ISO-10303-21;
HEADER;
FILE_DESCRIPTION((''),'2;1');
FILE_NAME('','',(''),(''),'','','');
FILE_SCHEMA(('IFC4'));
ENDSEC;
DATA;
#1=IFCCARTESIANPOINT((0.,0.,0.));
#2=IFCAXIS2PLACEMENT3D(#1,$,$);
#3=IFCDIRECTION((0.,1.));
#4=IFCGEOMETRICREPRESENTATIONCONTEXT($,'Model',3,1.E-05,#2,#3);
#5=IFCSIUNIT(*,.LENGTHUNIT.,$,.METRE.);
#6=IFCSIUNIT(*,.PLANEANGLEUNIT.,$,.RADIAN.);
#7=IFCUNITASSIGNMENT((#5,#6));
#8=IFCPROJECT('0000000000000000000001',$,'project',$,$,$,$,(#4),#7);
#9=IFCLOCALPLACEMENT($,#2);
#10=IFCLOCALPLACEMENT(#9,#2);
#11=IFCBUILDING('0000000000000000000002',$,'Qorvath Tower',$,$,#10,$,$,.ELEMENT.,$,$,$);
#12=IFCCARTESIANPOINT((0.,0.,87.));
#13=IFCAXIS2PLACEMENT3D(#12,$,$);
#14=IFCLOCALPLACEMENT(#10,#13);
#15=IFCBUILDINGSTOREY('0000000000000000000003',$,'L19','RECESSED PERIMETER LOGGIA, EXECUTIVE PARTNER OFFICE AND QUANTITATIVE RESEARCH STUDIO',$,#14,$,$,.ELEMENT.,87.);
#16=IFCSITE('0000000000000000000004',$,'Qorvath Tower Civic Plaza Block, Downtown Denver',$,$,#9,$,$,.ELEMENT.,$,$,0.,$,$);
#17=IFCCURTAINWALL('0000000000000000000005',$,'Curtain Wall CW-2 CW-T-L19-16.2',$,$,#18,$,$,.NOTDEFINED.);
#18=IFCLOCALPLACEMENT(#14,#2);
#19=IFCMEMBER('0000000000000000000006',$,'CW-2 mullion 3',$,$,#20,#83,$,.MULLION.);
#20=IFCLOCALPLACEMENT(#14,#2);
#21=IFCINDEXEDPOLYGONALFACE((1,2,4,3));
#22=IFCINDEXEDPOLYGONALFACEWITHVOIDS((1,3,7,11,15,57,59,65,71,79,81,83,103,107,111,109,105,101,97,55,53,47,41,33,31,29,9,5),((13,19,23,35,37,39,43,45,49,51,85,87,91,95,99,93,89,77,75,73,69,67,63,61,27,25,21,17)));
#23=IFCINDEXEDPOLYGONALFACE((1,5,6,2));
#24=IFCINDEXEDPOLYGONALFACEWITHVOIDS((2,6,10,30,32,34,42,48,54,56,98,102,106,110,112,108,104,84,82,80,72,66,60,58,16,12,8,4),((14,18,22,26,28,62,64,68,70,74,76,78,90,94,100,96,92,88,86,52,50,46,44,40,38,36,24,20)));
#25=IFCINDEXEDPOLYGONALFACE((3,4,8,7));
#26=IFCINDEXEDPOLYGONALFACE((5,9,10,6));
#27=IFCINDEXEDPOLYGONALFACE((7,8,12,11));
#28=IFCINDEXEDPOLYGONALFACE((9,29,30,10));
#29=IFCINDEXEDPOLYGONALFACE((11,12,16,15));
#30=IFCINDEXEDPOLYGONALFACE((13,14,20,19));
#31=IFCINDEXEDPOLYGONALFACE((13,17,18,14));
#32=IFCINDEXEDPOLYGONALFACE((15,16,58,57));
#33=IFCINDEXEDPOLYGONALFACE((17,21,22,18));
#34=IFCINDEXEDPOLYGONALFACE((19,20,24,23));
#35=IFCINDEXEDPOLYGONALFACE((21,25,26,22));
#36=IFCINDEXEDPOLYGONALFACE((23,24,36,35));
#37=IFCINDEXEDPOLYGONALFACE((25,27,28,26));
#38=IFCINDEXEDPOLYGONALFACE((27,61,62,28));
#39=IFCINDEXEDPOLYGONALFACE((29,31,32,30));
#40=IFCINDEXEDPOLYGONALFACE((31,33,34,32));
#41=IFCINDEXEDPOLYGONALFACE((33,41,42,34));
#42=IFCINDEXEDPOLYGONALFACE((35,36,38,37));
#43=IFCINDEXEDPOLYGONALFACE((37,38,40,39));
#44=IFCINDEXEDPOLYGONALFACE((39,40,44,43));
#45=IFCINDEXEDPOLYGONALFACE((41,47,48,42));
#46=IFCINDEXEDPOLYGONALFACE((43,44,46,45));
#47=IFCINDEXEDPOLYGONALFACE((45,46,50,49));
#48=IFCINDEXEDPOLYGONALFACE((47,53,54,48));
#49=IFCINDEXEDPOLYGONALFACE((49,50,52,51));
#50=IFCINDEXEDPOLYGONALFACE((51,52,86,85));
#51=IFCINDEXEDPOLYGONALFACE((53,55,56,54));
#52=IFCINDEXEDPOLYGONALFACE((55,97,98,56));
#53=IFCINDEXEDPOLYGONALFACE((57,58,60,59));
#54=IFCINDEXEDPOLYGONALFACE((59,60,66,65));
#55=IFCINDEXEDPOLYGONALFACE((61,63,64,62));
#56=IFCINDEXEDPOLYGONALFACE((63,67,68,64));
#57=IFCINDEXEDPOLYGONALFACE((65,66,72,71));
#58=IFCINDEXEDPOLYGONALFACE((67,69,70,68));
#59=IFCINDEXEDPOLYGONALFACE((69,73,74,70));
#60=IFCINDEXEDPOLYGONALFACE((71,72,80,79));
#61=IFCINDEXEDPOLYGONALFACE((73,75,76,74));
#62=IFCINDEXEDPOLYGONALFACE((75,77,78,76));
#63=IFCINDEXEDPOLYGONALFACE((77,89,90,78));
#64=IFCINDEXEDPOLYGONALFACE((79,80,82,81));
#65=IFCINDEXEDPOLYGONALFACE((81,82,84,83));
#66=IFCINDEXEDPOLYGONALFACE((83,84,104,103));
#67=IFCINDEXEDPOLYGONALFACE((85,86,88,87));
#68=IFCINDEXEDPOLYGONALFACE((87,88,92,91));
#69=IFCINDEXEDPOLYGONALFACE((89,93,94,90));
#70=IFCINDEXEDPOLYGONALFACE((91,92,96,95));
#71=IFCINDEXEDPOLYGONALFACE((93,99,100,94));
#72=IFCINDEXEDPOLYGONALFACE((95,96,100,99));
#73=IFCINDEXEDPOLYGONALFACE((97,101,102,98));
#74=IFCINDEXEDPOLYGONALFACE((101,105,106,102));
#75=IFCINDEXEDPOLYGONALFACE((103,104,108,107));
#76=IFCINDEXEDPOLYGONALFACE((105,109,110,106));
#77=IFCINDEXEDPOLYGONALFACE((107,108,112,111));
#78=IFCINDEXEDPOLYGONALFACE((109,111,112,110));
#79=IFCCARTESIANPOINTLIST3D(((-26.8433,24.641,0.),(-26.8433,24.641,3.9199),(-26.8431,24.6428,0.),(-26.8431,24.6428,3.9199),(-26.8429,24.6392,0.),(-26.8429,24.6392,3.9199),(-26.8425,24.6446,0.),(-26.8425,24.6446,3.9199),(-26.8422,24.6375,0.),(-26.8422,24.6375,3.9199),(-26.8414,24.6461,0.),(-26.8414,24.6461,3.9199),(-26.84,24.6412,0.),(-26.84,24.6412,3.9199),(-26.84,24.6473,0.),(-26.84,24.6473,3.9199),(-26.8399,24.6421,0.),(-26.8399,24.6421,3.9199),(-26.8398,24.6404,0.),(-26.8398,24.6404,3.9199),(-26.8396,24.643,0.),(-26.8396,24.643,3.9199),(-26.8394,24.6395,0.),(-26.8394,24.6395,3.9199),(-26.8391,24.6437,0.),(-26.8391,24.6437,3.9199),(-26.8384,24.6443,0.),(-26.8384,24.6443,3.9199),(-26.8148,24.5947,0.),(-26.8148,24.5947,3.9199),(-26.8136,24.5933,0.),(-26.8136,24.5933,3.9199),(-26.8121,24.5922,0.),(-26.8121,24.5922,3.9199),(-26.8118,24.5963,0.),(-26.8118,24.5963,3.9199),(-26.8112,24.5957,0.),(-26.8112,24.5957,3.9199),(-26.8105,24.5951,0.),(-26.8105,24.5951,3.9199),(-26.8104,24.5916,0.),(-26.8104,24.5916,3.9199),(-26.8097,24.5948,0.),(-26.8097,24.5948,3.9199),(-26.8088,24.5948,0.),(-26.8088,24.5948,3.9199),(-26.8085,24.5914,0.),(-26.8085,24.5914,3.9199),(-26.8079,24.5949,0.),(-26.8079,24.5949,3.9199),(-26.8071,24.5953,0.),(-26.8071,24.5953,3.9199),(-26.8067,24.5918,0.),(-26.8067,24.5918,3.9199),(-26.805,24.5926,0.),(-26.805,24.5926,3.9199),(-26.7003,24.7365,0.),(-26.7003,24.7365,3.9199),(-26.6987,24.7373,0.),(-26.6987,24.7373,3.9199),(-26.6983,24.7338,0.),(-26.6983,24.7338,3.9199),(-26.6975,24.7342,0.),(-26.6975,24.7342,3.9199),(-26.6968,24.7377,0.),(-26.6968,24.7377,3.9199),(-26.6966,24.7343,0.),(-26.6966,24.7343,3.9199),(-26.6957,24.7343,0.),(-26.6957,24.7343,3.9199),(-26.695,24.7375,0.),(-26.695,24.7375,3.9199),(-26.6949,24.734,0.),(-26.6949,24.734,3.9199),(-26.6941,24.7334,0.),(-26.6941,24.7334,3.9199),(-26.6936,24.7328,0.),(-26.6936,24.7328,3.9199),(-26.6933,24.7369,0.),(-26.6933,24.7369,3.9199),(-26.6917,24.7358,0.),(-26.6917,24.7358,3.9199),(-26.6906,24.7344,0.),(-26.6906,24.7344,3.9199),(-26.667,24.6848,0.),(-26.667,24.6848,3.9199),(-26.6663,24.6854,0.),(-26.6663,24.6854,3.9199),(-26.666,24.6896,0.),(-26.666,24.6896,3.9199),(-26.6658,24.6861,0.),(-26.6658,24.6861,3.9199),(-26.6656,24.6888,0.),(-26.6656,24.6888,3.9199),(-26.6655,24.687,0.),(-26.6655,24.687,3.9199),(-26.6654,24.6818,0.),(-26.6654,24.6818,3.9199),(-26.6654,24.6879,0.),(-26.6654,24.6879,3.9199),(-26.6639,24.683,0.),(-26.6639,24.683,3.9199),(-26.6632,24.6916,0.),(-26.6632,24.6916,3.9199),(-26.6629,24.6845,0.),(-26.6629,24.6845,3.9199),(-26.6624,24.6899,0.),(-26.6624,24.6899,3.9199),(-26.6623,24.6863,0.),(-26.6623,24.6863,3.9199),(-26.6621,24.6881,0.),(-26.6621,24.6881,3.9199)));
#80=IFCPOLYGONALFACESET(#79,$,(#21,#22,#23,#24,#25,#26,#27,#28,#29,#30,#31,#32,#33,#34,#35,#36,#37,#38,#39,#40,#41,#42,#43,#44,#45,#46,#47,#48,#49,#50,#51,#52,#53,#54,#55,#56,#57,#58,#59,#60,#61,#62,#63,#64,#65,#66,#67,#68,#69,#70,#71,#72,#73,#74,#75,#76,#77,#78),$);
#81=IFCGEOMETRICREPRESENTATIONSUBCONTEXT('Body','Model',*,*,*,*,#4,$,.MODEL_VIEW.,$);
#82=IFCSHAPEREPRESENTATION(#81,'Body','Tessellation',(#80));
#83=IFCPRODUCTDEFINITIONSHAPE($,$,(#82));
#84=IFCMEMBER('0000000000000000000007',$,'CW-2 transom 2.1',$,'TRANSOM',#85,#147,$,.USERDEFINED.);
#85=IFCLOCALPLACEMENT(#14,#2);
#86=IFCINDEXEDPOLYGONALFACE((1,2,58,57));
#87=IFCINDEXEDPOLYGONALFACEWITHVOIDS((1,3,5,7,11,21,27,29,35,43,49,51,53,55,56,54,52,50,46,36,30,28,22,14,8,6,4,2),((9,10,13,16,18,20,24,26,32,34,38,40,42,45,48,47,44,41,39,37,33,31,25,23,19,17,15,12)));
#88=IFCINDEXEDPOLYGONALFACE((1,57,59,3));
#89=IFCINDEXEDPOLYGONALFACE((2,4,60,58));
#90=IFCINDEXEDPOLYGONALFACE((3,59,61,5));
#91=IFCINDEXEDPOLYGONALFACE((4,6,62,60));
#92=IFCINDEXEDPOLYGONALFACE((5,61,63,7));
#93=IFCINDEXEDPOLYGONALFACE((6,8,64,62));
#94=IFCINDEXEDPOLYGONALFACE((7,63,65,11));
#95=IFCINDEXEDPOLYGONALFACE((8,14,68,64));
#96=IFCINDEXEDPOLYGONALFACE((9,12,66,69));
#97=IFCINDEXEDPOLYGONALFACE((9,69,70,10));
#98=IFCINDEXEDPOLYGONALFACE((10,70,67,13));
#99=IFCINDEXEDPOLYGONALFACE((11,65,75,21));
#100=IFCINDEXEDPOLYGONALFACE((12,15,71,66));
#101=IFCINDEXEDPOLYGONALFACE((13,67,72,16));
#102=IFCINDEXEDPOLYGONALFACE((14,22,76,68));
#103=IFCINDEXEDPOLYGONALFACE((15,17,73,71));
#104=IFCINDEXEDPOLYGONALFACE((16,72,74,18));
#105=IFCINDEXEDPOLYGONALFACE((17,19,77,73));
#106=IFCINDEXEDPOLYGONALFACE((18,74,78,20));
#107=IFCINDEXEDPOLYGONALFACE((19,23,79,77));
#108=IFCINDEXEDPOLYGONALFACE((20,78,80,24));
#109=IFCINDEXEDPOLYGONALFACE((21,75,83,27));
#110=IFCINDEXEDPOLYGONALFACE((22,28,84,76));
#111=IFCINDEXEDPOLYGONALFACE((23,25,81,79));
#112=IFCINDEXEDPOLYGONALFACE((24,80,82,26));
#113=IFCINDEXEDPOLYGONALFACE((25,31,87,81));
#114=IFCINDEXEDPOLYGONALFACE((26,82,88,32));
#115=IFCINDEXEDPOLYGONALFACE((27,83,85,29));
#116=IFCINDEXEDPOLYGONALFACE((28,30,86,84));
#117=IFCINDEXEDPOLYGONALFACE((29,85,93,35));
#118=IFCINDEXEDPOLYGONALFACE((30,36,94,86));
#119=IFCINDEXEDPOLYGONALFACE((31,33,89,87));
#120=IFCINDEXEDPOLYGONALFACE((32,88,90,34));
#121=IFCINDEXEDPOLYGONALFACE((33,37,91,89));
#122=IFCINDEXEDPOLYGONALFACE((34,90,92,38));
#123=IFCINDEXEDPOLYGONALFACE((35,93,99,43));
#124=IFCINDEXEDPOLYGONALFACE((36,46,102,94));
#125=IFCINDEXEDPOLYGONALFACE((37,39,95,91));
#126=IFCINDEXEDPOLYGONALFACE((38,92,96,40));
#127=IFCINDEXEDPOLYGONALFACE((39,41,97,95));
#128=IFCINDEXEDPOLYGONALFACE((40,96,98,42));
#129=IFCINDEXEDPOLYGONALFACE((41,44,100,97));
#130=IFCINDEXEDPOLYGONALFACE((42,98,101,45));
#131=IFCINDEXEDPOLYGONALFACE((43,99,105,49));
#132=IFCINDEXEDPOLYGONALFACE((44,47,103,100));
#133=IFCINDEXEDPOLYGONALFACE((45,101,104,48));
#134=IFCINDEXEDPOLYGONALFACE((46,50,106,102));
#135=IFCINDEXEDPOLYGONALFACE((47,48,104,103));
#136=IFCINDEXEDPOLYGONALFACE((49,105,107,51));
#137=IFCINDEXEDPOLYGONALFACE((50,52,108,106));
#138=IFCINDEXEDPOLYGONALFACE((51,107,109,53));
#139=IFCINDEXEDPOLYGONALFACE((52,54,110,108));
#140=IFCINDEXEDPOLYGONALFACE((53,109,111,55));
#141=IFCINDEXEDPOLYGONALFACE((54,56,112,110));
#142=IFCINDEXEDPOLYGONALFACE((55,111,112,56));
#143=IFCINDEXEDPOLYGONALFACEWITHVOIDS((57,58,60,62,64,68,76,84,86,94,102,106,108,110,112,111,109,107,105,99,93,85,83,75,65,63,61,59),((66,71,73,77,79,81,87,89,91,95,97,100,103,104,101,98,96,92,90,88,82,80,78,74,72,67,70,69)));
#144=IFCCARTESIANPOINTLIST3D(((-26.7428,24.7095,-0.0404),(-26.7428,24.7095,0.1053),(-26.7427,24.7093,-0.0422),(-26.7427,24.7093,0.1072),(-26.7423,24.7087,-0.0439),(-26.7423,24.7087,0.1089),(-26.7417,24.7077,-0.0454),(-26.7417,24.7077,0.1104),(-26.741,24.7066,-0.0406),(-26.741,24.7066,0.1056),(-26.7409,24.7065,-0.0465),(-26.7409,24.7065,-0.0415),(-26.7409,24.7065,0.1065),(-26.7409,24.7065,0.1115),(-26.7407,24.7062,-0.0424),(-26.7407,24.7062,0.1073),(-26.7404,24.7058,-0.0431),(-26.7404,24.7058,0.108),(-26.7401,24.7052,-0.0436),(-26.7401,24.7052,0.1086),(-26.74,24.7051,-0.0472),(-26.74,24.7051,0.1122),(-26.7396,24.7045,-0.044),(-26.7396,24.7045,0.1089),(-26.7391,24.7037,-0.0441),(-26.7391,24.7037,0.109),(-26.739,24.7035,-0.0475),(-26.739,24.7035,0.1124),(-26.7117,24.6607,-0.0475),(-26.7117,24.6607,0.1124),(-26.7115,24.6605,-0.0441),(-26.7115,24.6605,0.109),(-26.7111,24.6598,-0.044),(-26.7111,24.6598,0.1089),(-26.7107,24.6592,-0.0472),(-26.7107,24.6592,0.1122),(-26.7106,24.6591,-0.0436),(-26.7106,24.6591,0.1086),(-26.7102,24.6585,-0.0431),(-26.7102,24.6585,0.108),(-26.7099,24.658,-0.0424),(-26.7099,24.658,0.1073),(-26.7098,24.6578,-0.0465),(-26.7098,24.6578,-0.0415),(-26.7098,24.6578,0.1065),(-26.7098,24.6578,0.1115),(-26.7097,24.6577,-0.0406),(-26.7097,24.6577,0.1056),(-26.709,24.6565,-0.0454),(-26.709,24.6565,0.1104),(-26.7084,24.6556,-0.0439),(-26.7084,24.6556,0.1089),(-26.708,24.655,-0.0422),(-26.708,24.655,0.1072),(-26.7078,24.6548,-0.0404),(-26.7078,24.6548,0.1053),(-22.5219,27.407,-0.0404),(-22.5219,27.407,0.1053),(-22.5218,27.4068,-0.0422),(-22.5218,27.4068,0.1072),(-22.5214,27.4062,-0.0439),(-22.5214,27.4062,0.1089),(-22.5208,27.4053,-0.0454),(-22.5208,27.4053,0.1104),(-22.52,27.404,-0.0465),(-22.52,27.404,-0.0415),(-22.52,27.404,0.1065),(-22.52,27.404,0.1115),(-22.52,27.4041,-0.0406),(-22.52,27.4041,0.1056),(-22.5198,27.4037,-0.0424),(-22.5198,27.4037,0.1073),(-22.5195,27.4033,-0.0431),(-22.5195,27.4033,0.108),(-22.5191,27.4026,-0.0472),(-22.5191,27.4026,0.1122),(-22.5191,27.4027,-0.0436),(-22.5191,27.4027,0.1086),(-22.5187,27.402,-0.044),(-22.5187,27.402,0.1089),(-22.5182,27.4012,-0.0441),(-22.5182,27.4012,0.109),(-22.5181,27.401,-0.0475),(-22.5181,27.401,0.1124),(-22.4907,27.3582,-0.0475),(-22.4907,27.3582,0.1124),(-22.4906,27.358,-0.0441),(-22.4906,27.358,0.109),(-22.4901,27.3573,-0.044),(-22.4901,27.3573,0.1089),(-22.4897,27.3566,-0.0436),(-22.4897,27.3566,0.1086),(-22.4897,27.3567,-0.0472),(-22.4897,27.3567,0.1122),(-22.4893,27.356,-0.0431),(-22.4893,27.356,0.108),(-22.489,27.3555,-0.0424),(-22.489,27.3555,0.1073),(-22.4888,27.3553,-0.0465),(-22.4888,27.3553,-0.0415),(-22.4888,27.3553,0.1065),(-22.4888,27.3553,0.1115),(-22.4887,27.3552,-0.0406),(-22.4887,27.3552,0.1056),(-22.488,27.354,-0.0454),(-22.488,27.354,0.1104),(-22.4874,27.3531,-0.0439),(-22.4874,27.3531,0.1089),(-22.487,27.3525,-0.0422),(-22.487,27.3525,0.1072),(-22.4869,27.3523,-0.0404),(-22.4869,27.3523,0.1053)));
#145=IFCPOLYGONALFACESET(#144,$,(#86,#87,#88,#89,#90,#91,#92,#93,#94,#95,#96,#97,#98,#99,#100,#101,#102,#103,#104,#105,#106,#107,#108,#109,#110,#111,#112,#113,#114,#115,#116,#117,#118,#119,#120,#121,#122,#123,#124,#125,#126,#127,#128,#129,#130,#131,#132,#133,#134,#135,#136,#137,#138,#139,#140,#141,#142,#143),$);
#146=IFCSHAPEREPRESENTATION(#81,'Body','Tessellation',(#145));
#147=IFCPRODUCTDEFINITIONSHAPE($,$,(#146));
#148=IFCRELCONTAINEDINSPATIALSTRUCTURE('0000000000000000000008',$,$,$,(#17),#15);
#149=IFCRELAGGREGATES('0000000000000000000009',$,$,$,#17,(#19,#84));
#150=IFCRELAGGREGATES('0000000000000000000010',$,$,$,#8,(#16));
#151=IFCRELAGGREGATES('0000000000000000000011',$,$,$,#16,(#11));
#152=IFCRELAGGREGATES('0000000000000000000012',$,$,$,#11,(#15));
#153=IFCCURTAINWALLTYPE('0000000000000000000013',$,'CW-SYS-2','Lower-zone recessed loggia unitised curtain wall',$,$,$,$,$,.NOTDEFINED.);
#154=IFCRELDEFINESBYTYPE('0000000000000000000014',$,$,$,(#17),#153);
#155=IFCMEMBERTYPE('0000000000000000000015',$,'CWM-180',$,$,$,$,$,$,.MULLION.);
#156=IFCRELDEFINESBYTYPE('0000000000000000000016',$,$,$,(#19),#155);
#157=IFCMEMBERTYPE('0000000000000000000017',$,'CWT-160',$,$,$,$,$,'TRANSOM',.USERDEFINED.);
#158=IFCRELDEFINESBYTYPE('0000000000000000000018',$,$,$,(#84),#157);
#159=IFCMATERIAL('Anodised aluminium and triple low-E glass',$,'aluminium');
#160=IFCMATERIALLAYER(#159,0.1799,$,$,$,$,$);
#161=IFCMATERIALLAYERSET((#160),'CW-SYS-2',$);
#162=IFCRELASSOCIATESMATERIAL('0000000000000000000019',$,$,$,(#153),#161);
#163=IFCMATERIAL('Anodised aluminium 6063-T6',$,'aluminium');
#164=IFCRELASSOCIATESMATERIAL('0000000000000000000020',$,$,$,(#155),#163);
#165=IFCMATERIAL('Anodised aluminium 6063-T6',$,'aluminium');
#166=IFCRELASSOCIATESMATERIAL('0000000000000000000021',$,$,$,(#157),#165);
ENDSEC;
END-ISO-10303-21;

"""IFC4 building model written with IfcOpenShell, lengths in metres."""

from ifc_helpers import new_model, si_unit, direction, frame, origin, origin_2d, place, context, subcontext, project, spatial, hollow_rectangle, extrude, material, layer, layer_set, material_profile, profile_set, type_object, element, aggregate, save


model = new_model("IFC4")

# Units and contexts
model_context = context("Model", 3, precision=1e-05, world=origin(), true_north=direction((0.0, 1.0)))
body_context = subcontext(model_context, "Body", "Model", "MODEL_VIEW")
ifc_project = project(units=[si_unit("LENGTHUNIT", "METRE"), si_unit("PLANEANGLEUNIT", "RADIAN")], contexts=[model_context])

# Site, building, storey
site_placement = place(None, origin())
site = spatial("IfcSite", under=ifc_project, at=site_placement, Name="Qorvath Tower Civic Plaza Block, Downtown Denver", CompositionType="ELEMENT", RefElevation=0.0)
building_placement = place(site_placement, origin())
building = spatial("IfcBuilding", under=site, at=building_placement, Name="Qorvath Tower", CompositionType="ELEMENT")
storey_placement = place(building_placement, frame((0.0, 0.0, 87.0)))
storey = spatial("IfcBuildingStorey", under=building, at=storey_placement, Name="L19", Description="RECESSED PERIMETER LOGGIA, EXECUTIVE PARTNER OFFICE AND QUANTITATIVE RESEARCH STUDIO", CompositionType="ELEMENT", Elevation=87.0)

# Curtain wall, members
ifc_material_1 = material(Name="Anodised aluminium and triple low-E glass", Category="aluminium")
ifc_layer_1 = layer(ifc_material_1, 0.1799)
ifc_layer_set_1 = layer_set([ifc_layer_1], Name="CW-SYS-2")
curtain_wall_type = type_object("IfcCurtainWallType", Name="CW-SYS-2", Description="Lower-zone recessed loggia unitised curtain wall", PredefinedType="NOTDEFINED", material=ifc_layer_set_1)
curtain_wall_placement = place(storey_placement, origin())
curtain_wall = element("IfcCurtainWall", 1, at=curtain_wall_placement, inside=storey, type_object=curtain_wall_type, Name="Curtain Wall CW-2 CW-T-L19-16.2", PredefinedType="NOTDEFINED")
ifc_material_2 = material(Name="Anodised aluminium 6063-T6", Category="aluminium")
ifc_material_profile_1 = material_profile(ifc_material_2, hollow_rectangle(XDim=0.0649, YDim=0.1799, WallThickness=0.0034, InnerFilletRadius=0.0034, OuterFilletRadius=0.0071, at=origin_2d()), Name="CWM 180x65")
ifc_profile_set_1 = profile_set([ifc_material_profile_1], Name="Anodised aluminium 6063-T6")
member_type_1 = type_object("IfcMemberType", Name="CWM-180", PredefinedType="MULLION", material=ifc_profile_set_1)
member_1_placement = place(storey_placement, frame((-26.7527, 24.6646, 0.0), z_axis=(0.0, 0.0, 1.0), x_axis=(0.538531, -0.842606, 0.0)))
member_1 = element("IfcMember", 2, at=member_1_placement, type_object=member_type_1, Name="CW-2 mullion 3", PredefinedType="MULLION", context=body_context, shape_type="SweptSolid", body=[
    extrude(hollow_rectangle(XDim=0.0649, YDim=0.1799, WallThickness=0.0034, InnerFilletRadius=0.0034, OuterFilletRadius=0.0071, at=origin_2d()), origin(), (0.0, 0.0, 1.0), 3.9199),
])
ifc_material_3 = material(Name="Anodised aluminium 6063-T6", Category="aluminium")
ifc_material_profile_2 = material_profile(ifc_material_3, hollow_rectangle(XDim=0.0649, YDim=0.1599, WallThickness=0.0034, InnerFilletRadius=0.0034, OuterFilletRadius=0.0071, at=origin_2d()), Name="CWT 160x65")
ifc_profile_set_2 = profile_set([ifc_material_profile_2], Name="Anodised aluminium 6063-T6")
member_type_2 = type_object("IfcMemberType", Name="CWT-160", ElementType="TRANSOM", PredefinedType="USERDEFINED", material=ifc_profile_set_2)
member_2_placement = place(storey_placement, frame((-22.5044, 27.3796, 0.0325), z_axis=(-0.842624, -0.538502, 0.0), x_axis=(0.538502, -0.842624, 0.0)))
member_2 = element("IfcMember", 3, at=member_2_placement, type_object=member_type_2, Name="CW-2 transom 2.1", ObjectType="TRANSOM", PredefinedType="USERDEFINED", context=body_context, shape_type="SweptSolid", body=[
    extrude(hollow_rectangle(XDim=0.0649, YDim=0.1599, WallThickness=0.0034, InnerFilletRadius=0.0034, OuterFilletRadius=0.0071, at=origin_2d()), origin(), (0.0, 0.0, 1.0), 5.0093),
])
aggregate(curtain_wall, [member_1, member_2])

save(model, "model.ifc")
